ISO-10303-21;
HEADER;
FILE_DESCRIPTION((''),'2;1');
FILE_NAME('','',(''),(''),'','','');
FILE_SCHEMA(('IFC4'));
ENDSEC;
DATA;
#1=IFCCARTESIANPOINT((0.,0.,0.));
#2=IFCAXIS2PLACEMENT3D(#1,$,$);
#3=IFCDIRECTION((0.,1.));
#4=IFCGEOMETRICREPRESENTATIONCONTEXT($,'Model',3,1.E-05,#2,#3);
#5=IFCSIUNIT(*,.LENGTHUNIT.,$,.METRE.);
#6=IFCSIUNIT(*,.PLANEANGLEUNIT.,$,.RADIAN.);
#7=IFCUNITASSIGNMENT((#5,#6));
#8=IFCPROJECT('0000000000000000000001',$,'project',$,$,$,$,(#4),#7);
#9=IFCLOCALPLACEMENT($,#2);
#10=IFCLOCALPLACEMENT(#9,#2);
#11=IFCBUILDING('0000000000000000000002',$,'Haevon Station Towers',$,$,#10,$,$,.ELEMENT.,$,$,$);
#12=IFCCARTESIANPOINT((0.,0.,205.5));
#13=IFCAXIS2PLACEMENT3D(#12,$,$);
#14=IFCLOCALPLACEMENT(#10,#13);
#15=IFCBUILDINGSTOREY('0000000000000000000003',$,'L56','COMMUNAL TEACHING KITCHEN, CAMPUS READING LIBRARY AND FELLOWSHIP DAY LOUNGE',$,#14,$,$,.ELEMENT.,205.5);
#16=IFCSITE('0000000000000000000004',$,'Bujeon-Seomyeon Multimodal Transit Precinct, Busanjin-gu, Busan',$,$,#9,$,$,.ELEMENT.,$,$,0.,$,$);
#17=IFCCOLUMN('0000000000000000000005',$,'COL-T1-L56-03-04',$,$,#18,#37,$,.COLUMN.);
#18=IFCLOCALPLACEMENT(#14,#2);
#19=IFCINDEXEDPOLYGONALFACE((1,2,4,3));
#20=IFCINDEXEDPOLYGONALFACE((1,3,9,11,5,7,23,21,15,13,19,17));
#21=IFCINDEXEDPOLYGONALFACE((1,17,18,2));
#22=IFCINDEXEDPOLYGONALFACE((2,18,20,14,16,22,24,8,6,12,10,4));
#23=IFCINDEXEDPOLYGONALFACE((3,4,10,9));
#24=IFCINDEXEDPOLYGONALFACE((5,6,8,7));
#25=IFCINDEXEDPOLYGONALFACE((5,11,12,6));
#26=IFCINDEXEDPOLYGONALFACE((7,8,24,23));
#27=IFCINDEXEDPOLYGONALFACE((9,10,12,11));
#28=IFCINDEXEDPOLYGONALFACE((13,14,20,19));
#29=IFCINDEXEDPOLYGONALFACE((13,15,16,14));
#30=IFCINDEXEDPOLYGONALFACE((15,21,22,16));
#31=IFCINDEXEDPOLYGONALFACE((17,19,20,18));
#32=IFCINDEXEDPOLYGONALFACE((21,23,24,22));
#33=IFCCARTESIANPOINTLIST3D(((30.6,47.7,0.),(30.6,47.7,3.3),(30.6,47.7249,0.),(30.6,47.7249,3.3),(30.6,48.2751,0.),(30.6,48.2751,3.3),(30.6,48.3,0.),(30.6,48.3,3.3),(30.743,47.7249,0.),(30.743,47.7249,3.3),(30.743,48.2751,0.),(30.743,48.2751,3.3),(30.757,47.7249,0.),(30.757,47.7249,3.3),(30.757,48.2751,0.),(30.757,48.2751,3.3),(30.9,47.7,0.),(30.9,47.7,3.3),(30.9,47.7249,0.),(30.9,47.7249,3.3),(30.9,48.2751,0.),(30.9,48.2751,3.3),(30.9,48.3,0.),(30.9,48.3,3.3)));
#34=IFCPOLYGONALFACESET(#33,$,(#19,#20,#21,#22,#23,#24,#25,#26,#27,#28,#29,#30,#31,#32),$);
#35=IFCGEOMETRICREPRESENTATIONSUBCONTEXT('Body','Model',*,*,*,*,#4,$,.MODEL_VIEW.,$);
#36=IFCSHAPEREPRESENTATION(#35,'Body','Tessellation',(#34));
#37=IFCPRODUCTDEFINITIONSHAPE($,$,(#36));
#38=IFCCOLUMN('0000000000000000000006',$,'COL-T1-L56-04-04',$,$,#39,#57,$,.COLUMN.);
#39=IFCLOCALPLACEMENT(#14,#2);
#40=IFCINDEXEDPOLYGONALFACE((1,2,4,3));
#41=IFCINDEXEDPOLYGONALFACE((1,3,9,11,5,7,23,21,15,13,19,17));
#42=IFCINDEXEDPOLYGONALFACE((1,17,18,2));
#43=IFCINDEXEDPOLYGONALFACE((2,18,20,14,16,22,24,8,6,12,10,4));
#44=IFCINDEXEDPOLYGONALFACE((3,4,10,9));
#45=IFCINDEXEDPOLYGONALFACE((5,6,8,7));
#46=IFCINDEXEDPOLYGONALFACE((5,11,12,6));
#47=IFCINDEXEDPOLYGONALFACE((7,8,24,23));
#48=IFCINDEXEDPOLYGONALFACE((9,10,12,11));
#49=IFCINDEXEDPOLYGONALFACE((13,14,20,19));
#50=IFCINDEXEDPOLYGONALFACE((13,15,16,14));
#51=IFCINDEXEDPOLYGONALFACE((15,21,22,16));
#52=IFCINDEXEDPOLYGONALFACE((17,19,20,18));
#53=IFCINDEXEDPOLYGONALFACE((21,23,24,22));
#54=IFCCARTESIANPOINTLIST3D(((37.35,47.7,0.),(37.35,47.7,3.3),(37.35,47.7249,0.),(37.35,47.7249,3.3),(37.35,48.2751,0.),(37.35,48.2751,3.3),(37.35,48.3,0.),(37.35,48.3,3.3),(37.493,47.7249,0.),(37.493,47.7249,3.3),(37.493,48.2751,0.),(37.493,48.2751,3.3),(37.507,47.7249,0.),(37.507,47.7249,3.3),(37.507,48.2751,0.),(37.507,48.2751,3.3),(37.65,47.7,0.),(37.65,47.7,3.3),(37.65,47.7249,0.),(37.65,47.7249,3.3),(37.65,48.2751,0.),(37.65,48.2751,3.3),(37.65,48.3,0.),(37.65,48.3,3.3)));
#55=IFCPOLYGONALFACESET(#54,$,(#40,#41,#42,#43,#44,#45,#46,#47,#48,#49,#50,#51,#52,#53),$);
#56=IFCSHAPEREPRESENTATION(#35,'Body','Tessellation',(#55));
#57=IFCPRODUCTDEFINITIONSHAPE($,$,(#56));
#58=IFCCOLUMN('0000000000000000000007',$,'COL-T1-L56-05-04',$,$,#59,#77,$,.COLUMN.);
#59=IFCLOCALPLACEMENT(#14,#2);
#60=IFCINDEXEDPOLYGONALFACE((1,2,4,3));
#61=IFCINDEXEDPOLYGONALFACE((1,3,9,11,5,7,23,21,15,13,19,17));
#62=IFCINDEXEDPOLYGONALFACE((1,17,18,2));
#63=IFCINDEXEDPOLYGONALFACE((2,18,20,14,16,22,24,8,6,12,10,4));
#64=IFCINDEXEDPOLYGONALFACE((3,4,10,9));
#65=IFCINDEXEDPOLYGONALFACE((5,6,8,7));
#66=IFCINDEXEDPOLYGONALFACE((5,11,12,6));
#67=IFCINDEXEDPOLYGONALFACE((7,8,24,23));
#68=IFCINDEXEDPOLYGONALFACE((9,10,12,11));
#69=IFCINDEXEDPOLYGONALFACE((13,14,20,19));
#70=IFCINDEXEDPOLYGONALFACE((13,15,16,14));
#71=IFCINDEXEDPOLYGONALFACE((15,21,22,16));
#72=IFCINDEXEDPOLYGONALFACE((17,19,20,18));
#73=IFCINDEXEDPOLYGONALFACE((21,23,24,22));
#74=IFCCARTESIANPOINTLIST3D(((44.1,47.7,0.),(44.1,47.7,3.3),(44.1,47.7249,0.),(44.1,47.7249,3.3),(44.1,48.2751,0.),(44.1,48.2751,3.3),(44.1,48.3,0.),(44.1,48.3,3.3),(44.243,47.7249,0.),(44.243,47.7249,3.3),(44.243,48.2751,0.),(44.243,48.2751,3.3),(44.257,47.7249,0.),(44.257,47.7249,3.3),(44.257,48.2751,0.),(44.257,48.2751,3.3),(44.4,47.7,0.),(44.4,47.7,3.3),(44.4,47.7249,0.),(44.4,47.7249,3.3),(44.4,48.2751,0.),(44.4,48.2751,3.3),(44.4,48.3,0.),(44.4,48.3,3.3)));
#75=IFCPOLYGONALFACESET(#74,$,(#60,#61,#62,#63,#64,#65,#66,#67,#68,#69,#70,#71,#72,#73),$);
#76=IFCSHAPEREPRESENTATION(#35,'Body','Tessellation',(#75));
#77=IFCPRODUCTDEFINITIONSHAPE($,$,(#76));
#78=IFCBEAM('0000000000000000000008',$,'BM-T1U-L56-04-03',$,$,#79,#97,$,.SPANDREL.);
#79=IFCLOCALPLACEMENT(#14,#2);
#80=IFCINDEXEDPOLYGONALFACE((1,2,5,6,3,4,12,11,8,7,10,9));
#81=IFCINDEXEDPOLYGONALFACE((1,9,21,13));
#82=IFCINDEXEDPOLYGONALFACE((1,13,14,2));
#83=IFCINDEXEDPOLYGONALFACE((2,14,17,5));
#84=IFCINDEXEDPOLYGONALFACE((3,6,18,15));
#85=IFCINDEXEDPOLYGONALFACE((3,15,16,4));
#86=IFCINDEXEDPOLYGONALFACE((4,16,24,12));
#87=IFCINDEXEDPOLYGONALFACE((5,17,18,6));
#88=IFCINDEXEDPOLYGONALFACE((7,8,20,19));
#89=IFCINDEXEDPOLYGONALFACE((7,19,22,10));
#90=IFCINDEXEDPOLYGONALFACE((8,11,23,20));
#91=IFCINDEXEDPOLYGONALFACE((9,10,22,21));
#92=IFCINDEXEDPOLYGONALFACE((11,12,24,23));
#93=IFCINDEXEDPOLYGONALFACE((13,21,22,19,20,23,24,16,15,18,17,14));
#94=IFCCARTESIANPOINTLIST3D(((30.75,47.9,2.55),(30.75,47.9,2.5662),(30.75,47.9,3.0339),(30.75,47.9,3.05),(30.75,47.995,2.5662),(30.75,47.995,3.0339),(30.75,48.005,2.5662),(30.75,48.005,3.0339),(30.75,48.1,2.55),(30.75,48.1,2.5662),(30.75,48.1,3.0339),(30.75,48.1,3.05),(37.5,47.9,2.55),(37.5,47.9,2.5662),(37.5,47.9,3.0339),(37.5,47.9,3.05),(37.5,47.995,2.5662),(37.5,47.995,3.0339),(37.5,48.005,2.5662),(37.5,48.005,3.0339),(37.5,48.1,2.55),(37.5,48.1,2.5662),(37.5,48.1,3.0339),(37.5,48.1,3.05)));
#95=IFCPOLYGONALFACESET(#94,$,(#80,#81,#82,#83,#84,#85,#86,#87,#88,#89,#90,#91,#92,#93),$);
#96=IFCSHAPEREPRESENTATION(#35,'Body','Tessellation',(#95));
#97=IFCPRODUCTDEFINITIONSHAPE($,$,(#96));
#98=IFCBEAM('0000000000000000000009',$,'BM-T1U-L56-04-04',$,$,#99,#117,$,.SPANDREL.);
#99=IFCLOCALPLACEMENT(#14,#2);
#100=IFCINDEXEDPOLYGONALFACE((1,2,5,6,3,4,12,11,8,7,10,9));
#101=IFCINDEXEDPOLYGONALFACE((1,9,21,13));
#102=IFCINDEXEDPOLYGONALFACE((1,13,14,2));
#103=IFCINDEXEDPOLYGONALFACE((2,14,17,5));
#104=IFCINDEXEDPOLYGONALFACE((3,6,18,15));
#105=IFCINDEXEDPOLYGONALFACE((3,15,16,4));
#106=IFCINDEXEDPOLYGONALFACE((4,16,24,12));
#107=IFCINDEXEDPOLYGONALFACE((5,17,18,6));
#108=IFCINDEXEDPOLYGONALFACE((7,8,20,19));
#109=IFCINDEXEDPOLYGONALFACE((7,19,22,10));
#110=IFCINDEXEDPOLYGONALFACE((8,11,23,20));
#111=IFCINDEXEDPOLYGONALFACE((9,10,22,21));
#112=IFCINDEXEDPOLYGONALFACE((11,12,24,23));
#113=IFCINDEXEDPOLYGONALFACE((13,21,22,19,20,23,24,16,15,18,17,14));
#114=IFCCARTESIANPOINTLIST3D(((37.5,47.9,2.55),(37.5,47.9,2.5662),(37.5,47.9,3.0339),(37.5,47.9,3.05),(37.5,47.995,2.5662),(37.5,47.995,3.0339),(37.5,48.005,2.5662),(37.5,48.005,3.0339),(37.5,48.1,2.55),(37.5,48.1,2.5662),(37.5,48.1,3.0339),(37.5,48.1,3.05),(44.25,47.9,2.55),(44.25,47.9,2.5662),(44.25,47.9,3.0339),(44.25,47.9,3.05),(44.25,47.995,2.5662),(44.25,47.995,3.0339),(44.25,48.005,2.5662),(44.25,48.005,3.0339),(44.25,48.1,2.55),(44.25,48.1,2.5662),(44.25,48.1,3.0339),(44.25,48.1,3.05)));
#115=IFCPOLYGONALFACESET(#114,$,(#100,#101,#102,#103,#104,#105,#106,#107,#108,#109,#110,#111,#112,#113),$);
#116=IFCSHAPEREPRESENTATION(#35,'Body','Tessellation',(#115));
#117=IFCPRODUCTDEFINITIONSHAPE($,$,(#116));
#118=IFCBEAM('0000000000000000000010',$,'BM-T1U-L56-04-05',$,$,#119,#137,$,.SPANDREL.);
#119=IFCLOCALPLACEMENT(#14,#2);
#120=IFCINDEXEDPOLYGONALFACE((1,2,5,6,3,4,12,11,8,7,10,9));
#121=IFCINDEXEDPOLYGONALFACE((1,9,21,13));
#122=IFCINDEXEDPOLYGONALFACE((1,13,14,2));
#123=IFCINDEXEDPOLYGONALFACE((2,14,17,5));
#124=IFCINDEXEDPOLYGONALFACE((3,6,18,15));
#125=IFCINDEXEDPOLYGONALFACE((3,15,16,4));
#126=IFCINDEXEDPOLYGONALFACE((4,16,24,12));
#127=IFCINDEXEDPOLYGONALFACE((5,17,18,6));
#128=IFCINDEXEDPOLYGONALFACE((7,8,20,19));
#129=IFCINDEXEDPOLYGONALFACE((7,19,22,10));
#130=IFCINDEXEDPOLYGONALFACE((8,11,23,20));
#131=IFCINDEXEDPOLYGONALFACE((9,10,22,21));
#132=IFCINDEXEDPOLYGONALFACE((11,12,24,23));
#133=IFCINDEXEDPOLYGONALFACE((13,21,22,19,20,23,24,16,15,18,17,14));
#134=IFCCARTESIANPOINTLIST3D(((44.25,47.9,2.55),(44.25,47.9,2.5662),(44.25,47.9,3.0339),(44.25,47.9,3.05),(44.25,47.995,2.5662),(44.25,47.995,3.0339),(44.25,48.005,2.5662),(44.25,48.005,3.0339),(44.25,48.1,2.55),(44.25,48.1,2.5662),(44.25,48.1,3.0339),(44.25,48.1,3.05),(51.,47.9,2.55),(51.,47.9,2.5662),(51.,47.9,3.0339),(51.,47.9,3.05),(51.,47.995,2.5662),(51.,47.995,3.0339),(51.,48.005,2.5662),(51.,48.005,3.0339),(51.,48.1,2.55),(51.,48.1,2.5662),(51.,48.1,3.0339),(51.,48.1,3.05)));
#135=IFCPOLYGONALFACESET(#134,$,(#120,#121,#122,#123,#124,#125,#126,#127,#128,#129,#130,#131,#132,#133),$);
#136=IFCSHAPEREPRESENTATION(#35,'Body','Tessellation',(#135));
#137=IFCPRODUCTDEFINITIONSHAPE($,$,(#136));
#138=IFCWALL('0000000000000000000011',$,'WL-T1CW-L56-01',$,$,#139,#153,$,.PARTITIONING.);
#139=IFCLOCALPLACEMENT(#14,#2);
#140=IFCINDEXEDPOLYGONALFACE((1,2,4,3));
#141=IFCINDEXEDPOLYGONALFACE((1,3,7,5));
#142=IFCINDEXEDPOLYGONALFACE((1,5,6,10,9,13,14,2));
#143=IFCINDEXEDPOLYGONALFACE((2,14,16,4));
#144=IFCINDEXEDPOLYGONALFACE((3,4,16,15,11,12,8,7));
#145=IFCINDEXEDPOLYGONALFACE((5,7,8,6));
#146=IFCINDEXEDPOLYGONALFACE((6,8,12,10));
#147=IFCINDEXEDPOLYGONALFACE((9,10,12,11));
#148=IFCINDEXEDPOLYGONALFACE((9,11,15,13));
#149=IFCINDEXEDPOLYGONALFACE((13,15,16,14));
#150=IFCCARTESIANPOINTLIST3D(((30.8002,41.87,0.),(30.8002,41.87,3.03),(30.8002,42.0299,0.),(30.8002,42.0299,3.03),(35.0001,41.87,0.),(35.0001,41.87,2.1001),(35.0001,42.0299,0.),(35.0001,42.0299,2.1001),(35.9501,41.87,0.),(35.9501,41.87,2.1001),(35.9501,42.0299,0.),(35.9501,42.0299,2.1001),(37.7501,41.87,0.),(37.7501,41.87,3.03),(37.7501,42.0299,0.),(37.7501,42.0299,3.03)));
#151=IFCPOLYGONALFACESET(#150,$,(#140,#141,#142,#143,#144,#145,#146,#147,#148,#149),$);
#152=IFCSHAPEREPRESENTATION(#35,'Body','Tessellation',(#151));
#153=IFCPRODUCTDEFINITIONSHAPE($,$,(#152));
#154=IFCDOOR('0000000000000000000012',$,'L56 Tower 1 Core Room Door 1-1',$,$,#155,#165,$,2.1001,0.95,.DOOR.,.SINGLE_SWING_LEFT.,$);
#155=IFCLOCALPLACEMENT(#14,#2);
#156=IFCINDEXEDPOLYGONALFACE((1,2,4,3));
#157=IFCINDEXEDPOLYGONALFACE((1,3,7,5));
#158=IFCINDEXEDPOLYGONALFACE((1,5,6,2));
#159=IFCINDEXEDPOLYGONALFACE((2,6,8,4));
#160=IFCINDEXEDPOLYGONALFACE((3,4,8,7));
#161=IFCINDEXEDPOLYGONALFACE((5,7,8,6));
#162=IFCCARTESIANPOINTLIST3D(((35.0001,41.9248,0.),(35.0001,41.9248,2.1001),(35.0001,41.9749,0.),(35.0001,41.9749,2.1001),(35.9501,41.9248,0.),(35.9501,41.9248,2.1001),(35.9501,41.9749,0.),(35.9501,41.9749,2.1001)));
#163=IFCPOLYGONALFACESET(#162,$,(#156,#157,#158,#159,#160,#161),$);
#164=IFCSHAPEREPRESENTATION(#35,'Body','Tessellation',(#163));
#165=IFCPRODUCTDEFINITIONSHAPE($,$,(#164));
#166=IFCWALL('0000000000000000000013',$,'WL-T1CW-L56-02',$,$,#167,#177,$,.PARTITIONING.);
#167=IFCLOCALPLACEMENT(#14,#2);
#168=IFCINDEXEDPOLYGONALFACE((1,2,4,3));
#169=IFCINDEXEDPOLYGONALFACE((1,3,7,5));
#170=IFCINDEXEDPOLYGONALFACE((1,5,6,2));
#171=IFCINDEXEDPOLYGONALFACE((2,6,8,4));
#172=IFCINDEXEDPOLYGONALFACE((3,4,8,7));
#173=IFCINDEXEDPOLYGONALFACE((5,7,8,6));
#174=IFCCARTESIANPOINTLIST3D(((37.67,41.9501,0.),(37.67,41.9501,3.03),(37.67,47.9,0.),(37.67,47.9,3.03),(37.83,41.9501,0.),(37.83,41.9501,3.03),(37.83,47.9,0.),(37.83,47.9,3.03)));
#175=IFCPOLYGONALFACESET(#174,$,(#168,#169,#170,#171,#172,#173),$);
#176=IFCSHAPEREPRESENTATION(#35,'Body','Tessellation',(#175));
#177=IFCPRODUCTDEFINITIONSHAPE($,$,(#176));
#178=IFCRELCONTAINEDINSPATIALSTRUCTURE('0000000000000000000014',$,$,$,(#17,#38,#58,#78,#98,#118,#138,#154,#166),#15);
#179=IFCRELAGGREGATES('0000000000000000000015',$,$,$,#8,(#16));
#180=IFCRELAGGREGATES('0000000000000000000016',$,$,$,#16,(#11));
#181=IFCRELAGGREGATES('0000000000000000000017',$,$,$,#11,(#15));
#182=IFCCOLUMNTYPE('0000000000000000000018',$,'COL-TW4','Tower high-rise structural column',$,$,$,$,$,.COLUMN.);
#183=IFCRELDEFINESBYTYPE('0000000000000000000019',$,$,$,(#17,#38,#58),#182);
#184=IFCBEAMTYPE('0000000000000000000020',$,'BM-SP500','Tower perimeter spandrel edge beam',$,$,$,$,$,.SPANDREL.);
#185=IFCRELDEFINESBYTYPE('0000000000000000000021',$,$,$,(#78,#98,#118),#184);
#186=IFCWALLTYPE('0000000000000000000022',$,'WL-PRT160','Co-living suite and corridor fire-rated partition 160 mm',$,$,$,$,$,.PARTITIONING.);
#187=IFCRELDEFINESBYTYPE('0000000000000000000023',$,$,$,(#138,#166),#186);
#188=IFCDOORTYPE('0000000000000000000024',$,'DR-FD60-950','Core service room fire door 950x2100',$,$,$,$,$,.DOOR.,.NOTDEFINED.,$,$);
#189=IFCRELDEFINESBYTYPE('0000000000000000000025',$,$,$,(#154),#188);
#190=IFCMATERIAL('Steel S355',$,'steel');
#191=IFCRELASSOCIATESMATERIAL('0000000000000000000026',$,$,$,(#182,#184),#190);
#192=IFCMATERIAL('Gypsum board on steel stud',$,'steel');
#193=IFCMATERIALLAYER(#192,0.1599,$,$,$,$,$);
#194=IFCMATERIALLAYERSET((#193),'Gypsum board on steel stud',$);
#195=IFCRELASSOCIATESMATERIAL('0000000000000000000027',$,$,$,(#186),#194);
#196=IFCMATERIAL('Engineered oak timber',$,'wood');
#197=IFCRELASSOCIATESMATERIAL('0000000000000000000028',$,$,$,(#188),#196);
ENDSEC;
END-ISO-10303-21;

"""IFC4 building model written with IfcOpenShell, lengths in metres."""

from ifc_helpers import new_model, si_unit, direction, frame, frame_2d, origin, origin_2d, place, context, subcontext, project, spatial, rectangle, i_section, extrude, material, layer, layer_set, material_profile, profile_set, type_object, element, fill, save


model = new_model("IFC4")

# Units and contexts
model_context = context("Model", 3, precision=1e-05, world=origin(), true_north=direction((0.0, 1.0)))
body_context = subcontext(model_context, "Body", "Model", "MODEL_VIEW")
ifc_project = project(units=[si_unit("LENGTHUNIT", "METRE"), si_unit("PLANEANGLEUNIT", "RADIAN")], contexts=[model_context])

# Site, building, storey
site_placement = place(None, origin())
site = spatial("IfcSite", under=ifc_project, at=site_placement, Name="Bujeon-Seomyeon Multimodal Transit Precinct, Busanjin-gu, Busan", CompositionType="ELEMENT", RefElevation=0.0)
building_placement = place(site_placement, origin())
building = spatial("IfcBuilding", under=site, at=building_placement, Name="Haevon Station Towers", CompositionType="ELEMENT")
storey_placement = place(building_placement, frame((0.0, 0.0, 205.5)))
storey = spatial("IfcBuildingStorey", under=building, at=storey_placement, Name="L56", Description="COMMUNAL TEACHING KITCHEN, CAMPUS READING LIBRARY AND FELLOWSHIP DAY LOUNGE", CompositionType="ELEMENT", Elevation=205.5)

# Columns
ifc_material_1 = material(Name="Steel S355", Category="steel")
ifc_material_profile_1 = material_profile(ifc_material_1, i_section(OverallWidth=0.3, OverallDepth=0.6001, WebThickness=0.0139, FlangeThickness=0.0249, at=origin_2d()), Name="H-600x300x14x25")
ifc_profile_set_1 = profile_set([ifc_material_profile_1], Name="Steel S355")
column_type = type_object("IfcColumnType", Name="COL-TW4", Description="Tower high-rise structural column", PredefinedType="COLUMN", material=ifc_profile_set_1)
for number, where, z_axis, x_axis, name in (
    (1, (30.75, 48.0, 0.0), (0.0, 0.0, 1.0), (1.0, 0.0, 0.0), "COL-T1-L56-03-04"),
    (2, (37.5, 48.0, 0.0), (0.0, 0.0, 1.0), (1.0, 0.0, 0.0), "COL-T1-L56-04-04"),
    (3, (44.25, 48.0, 0.0), (0.0, 0.0, 1.0), (1.0, 0.0, 0.0), "COL-T1-L56-05-04"),
):
    element("IfcColumn", number, at=place(storey_placement, frame(where, z_axis=z_axis, x_axis=x_axis)), inside=storey, type_object=column_type, Name=name, PredefinedType="COLUMN", context=body_context, shape_type="SweptSolid", body=[
        extrude(i_section(OverallWidth=0.3, OverallDepth=0.6001, WebThickness=0.0139, FlangeThickness=0.0249, at=origin_2d()), origin(), (0.0, 0.0, 1.0), 3.3),
    ])

# Beams
ifc_material_profile_2 = material_profile(ifc_material_1, i_section(OverallWidth=0.2, OverallDepth=0.5, WebThickness=0.01, FlangeThickness=0.0161, at=origin_2d()), Name="H-500x200x10x16")
ifc_profile_set_2 = profile_set([ifc_material_profile_2], Name="Steel S355")
beam_type = type_object("IfcBeamType", Name="BM-SP500", Description="Tower perimeter spandrel edge beam", PredefinedType="SPANDREL", material=ifc_profile_set_2)
for number, where, z_axis, x_axis, name in (
    (4, (30.75, 48.0, 2.8), (1.0, 0.0, 0.0), (0.0, 1.0, 0.0), "BM-T1U-L56-04-03"),
    (5, (37.5, 48.0, 2.8), (1.0, 0.0, 0.0), (0.0, 1.0, 0.0), "BM-T1U-L56-04-04"),
    (6, (44.25, 48.0, 2.8), (1.0, 0.0, 0.0), (0.0, 1.0, 0.0), "BM-T1U-L56-04-05"),
):
    element("IfcBeam", number, at=place(storey_placement, frame(where, z_axis=z_axis, x_axis=x_axis)), inside=storey, type_object=beam_type, Name=name, PredefinedType="SPANDREL", context=body_context, shape_type="SweptSolid", body=[
        extrude(i_section(OverallWidth=0.2, OverallDepth=0.5, WebThickness=0.01, FlangeThickness=0.0161, at=origin_2d()), origin(), (0.0, 0.0, 1.0), 6.75),
    ])

# Wall, opening, door
ifc_material_2 = material(Name="Gypsum board on steel stud", Category="steel")
ifc_layer_1 = layer(ifc_material_2, 0.1599)
ifc_layer_set_1 = layer_set([ifc_layer_1], Name="Gypsum board on steel stud")
wall_type_1 = type_object("IfcWallType", Name="WL-PRT160", Description="Co-living suite and corridor fire-rated partition 160 mm", PredefinedType="PARTITIONING", material=ifc_layer_set_1)
wall_1_placement = place(storey_placement, frame((30.8, 41.95, 0.0), z_axis=(0.0, 0.0, 1.0), x_axis=(1.0, 0.0, 0.0)))
wall_1 = element("IfcWall", 7, at=wall_1_placement, inside=storey, type_object=wall_type_1, Name="WL-T1CW-L56-01", PredefinedType="PARTITIONING", context=body_context, shape_type="SweptSolid", body=[
    extrude(rectangle(XDim=6.95, YDim=0.1599, at=frame_2d((3.4751, 0.0))), origin(), (0.0, 0.0, 1.0), 3.03),
])
opening_1_placement = place(wall_1_placement, frame((4.2, 0.0, 0.0)))
opening_1 = element("IfcOpeningElement", 8, at=opening_1_placement, cuts=wall_1, PredefinedType="OPENING", context=body_context, shape_type="SweptSolid", body=[
    extrude(rectangle(XDim=0.95, YDim=2.1001, at=frame_2d((0.4751, 1.05))), frame((0.0, 0.0898, 0.0), z_axis=(0.0, -1.0, 0.0), x_axis=(1.0, 0.0, 0.0)), (0.0, 0.0, 1.0), 0.1799),
])
ifc_material_3 = material(Name="Engineered oak timber", Category="wood")
door_type_1 = type_object("IfcDoorType", Name="DR-FD60-950", Description="Core service room fire door 950x2100", OperationType="NOTDEFINED", PredefinedType="DOOR", material=ifc_material_3)
door_1_placement = place(opening_1_placement, origin())
door_1 = element("IfcDoor", 9, at=door_1_placement, inside=storey, type_object=door_type_1, Name="L56 Tower 1 Core Room Door 1-1", OperationType="SINGLE_SWING_LEFT", OverallHeight=2.1001, OverallWidth=0.95, PredefinedType="DOOR", context=body_context, shape_type="SweptSolid", body=[
    extrude(rectangle(XDim=0.95, YDim=2.1001, at=frame_2d((0.4751, 1.05))), frame((0.0, 0.0249, 0.0), z_axis=(0.0, -1.0, 0.0), x_axis=(1.0, 0.0, 0.0)), (0.0, 0.0, 1.0), 0.05),
])
fill(opening_1, door_1)

# Wall
wall_2_placement = place(storey_placement, frame((37.75, 41.95, 0.0), z_axis=(0.0, 0.0, 1.0), x_axis=(0.0, 1.0, 0.0)))
element("IfcWall", 10, at=wall_2_placement, inside=storey, type_object=wall_type_1, Name="WL-T1CW-L56-02", PredefinedType="PARTITIONING", context=body_context, shape_type="SweptSolid", body=[
    extrude(rectangle(XDim=5.95, YDim=0.1599, at=frame_2d((2.9751, 0.0))), origin(), (0.0, 0.0, 1.0), 3.03),
])

save(model, "model.ifc")
